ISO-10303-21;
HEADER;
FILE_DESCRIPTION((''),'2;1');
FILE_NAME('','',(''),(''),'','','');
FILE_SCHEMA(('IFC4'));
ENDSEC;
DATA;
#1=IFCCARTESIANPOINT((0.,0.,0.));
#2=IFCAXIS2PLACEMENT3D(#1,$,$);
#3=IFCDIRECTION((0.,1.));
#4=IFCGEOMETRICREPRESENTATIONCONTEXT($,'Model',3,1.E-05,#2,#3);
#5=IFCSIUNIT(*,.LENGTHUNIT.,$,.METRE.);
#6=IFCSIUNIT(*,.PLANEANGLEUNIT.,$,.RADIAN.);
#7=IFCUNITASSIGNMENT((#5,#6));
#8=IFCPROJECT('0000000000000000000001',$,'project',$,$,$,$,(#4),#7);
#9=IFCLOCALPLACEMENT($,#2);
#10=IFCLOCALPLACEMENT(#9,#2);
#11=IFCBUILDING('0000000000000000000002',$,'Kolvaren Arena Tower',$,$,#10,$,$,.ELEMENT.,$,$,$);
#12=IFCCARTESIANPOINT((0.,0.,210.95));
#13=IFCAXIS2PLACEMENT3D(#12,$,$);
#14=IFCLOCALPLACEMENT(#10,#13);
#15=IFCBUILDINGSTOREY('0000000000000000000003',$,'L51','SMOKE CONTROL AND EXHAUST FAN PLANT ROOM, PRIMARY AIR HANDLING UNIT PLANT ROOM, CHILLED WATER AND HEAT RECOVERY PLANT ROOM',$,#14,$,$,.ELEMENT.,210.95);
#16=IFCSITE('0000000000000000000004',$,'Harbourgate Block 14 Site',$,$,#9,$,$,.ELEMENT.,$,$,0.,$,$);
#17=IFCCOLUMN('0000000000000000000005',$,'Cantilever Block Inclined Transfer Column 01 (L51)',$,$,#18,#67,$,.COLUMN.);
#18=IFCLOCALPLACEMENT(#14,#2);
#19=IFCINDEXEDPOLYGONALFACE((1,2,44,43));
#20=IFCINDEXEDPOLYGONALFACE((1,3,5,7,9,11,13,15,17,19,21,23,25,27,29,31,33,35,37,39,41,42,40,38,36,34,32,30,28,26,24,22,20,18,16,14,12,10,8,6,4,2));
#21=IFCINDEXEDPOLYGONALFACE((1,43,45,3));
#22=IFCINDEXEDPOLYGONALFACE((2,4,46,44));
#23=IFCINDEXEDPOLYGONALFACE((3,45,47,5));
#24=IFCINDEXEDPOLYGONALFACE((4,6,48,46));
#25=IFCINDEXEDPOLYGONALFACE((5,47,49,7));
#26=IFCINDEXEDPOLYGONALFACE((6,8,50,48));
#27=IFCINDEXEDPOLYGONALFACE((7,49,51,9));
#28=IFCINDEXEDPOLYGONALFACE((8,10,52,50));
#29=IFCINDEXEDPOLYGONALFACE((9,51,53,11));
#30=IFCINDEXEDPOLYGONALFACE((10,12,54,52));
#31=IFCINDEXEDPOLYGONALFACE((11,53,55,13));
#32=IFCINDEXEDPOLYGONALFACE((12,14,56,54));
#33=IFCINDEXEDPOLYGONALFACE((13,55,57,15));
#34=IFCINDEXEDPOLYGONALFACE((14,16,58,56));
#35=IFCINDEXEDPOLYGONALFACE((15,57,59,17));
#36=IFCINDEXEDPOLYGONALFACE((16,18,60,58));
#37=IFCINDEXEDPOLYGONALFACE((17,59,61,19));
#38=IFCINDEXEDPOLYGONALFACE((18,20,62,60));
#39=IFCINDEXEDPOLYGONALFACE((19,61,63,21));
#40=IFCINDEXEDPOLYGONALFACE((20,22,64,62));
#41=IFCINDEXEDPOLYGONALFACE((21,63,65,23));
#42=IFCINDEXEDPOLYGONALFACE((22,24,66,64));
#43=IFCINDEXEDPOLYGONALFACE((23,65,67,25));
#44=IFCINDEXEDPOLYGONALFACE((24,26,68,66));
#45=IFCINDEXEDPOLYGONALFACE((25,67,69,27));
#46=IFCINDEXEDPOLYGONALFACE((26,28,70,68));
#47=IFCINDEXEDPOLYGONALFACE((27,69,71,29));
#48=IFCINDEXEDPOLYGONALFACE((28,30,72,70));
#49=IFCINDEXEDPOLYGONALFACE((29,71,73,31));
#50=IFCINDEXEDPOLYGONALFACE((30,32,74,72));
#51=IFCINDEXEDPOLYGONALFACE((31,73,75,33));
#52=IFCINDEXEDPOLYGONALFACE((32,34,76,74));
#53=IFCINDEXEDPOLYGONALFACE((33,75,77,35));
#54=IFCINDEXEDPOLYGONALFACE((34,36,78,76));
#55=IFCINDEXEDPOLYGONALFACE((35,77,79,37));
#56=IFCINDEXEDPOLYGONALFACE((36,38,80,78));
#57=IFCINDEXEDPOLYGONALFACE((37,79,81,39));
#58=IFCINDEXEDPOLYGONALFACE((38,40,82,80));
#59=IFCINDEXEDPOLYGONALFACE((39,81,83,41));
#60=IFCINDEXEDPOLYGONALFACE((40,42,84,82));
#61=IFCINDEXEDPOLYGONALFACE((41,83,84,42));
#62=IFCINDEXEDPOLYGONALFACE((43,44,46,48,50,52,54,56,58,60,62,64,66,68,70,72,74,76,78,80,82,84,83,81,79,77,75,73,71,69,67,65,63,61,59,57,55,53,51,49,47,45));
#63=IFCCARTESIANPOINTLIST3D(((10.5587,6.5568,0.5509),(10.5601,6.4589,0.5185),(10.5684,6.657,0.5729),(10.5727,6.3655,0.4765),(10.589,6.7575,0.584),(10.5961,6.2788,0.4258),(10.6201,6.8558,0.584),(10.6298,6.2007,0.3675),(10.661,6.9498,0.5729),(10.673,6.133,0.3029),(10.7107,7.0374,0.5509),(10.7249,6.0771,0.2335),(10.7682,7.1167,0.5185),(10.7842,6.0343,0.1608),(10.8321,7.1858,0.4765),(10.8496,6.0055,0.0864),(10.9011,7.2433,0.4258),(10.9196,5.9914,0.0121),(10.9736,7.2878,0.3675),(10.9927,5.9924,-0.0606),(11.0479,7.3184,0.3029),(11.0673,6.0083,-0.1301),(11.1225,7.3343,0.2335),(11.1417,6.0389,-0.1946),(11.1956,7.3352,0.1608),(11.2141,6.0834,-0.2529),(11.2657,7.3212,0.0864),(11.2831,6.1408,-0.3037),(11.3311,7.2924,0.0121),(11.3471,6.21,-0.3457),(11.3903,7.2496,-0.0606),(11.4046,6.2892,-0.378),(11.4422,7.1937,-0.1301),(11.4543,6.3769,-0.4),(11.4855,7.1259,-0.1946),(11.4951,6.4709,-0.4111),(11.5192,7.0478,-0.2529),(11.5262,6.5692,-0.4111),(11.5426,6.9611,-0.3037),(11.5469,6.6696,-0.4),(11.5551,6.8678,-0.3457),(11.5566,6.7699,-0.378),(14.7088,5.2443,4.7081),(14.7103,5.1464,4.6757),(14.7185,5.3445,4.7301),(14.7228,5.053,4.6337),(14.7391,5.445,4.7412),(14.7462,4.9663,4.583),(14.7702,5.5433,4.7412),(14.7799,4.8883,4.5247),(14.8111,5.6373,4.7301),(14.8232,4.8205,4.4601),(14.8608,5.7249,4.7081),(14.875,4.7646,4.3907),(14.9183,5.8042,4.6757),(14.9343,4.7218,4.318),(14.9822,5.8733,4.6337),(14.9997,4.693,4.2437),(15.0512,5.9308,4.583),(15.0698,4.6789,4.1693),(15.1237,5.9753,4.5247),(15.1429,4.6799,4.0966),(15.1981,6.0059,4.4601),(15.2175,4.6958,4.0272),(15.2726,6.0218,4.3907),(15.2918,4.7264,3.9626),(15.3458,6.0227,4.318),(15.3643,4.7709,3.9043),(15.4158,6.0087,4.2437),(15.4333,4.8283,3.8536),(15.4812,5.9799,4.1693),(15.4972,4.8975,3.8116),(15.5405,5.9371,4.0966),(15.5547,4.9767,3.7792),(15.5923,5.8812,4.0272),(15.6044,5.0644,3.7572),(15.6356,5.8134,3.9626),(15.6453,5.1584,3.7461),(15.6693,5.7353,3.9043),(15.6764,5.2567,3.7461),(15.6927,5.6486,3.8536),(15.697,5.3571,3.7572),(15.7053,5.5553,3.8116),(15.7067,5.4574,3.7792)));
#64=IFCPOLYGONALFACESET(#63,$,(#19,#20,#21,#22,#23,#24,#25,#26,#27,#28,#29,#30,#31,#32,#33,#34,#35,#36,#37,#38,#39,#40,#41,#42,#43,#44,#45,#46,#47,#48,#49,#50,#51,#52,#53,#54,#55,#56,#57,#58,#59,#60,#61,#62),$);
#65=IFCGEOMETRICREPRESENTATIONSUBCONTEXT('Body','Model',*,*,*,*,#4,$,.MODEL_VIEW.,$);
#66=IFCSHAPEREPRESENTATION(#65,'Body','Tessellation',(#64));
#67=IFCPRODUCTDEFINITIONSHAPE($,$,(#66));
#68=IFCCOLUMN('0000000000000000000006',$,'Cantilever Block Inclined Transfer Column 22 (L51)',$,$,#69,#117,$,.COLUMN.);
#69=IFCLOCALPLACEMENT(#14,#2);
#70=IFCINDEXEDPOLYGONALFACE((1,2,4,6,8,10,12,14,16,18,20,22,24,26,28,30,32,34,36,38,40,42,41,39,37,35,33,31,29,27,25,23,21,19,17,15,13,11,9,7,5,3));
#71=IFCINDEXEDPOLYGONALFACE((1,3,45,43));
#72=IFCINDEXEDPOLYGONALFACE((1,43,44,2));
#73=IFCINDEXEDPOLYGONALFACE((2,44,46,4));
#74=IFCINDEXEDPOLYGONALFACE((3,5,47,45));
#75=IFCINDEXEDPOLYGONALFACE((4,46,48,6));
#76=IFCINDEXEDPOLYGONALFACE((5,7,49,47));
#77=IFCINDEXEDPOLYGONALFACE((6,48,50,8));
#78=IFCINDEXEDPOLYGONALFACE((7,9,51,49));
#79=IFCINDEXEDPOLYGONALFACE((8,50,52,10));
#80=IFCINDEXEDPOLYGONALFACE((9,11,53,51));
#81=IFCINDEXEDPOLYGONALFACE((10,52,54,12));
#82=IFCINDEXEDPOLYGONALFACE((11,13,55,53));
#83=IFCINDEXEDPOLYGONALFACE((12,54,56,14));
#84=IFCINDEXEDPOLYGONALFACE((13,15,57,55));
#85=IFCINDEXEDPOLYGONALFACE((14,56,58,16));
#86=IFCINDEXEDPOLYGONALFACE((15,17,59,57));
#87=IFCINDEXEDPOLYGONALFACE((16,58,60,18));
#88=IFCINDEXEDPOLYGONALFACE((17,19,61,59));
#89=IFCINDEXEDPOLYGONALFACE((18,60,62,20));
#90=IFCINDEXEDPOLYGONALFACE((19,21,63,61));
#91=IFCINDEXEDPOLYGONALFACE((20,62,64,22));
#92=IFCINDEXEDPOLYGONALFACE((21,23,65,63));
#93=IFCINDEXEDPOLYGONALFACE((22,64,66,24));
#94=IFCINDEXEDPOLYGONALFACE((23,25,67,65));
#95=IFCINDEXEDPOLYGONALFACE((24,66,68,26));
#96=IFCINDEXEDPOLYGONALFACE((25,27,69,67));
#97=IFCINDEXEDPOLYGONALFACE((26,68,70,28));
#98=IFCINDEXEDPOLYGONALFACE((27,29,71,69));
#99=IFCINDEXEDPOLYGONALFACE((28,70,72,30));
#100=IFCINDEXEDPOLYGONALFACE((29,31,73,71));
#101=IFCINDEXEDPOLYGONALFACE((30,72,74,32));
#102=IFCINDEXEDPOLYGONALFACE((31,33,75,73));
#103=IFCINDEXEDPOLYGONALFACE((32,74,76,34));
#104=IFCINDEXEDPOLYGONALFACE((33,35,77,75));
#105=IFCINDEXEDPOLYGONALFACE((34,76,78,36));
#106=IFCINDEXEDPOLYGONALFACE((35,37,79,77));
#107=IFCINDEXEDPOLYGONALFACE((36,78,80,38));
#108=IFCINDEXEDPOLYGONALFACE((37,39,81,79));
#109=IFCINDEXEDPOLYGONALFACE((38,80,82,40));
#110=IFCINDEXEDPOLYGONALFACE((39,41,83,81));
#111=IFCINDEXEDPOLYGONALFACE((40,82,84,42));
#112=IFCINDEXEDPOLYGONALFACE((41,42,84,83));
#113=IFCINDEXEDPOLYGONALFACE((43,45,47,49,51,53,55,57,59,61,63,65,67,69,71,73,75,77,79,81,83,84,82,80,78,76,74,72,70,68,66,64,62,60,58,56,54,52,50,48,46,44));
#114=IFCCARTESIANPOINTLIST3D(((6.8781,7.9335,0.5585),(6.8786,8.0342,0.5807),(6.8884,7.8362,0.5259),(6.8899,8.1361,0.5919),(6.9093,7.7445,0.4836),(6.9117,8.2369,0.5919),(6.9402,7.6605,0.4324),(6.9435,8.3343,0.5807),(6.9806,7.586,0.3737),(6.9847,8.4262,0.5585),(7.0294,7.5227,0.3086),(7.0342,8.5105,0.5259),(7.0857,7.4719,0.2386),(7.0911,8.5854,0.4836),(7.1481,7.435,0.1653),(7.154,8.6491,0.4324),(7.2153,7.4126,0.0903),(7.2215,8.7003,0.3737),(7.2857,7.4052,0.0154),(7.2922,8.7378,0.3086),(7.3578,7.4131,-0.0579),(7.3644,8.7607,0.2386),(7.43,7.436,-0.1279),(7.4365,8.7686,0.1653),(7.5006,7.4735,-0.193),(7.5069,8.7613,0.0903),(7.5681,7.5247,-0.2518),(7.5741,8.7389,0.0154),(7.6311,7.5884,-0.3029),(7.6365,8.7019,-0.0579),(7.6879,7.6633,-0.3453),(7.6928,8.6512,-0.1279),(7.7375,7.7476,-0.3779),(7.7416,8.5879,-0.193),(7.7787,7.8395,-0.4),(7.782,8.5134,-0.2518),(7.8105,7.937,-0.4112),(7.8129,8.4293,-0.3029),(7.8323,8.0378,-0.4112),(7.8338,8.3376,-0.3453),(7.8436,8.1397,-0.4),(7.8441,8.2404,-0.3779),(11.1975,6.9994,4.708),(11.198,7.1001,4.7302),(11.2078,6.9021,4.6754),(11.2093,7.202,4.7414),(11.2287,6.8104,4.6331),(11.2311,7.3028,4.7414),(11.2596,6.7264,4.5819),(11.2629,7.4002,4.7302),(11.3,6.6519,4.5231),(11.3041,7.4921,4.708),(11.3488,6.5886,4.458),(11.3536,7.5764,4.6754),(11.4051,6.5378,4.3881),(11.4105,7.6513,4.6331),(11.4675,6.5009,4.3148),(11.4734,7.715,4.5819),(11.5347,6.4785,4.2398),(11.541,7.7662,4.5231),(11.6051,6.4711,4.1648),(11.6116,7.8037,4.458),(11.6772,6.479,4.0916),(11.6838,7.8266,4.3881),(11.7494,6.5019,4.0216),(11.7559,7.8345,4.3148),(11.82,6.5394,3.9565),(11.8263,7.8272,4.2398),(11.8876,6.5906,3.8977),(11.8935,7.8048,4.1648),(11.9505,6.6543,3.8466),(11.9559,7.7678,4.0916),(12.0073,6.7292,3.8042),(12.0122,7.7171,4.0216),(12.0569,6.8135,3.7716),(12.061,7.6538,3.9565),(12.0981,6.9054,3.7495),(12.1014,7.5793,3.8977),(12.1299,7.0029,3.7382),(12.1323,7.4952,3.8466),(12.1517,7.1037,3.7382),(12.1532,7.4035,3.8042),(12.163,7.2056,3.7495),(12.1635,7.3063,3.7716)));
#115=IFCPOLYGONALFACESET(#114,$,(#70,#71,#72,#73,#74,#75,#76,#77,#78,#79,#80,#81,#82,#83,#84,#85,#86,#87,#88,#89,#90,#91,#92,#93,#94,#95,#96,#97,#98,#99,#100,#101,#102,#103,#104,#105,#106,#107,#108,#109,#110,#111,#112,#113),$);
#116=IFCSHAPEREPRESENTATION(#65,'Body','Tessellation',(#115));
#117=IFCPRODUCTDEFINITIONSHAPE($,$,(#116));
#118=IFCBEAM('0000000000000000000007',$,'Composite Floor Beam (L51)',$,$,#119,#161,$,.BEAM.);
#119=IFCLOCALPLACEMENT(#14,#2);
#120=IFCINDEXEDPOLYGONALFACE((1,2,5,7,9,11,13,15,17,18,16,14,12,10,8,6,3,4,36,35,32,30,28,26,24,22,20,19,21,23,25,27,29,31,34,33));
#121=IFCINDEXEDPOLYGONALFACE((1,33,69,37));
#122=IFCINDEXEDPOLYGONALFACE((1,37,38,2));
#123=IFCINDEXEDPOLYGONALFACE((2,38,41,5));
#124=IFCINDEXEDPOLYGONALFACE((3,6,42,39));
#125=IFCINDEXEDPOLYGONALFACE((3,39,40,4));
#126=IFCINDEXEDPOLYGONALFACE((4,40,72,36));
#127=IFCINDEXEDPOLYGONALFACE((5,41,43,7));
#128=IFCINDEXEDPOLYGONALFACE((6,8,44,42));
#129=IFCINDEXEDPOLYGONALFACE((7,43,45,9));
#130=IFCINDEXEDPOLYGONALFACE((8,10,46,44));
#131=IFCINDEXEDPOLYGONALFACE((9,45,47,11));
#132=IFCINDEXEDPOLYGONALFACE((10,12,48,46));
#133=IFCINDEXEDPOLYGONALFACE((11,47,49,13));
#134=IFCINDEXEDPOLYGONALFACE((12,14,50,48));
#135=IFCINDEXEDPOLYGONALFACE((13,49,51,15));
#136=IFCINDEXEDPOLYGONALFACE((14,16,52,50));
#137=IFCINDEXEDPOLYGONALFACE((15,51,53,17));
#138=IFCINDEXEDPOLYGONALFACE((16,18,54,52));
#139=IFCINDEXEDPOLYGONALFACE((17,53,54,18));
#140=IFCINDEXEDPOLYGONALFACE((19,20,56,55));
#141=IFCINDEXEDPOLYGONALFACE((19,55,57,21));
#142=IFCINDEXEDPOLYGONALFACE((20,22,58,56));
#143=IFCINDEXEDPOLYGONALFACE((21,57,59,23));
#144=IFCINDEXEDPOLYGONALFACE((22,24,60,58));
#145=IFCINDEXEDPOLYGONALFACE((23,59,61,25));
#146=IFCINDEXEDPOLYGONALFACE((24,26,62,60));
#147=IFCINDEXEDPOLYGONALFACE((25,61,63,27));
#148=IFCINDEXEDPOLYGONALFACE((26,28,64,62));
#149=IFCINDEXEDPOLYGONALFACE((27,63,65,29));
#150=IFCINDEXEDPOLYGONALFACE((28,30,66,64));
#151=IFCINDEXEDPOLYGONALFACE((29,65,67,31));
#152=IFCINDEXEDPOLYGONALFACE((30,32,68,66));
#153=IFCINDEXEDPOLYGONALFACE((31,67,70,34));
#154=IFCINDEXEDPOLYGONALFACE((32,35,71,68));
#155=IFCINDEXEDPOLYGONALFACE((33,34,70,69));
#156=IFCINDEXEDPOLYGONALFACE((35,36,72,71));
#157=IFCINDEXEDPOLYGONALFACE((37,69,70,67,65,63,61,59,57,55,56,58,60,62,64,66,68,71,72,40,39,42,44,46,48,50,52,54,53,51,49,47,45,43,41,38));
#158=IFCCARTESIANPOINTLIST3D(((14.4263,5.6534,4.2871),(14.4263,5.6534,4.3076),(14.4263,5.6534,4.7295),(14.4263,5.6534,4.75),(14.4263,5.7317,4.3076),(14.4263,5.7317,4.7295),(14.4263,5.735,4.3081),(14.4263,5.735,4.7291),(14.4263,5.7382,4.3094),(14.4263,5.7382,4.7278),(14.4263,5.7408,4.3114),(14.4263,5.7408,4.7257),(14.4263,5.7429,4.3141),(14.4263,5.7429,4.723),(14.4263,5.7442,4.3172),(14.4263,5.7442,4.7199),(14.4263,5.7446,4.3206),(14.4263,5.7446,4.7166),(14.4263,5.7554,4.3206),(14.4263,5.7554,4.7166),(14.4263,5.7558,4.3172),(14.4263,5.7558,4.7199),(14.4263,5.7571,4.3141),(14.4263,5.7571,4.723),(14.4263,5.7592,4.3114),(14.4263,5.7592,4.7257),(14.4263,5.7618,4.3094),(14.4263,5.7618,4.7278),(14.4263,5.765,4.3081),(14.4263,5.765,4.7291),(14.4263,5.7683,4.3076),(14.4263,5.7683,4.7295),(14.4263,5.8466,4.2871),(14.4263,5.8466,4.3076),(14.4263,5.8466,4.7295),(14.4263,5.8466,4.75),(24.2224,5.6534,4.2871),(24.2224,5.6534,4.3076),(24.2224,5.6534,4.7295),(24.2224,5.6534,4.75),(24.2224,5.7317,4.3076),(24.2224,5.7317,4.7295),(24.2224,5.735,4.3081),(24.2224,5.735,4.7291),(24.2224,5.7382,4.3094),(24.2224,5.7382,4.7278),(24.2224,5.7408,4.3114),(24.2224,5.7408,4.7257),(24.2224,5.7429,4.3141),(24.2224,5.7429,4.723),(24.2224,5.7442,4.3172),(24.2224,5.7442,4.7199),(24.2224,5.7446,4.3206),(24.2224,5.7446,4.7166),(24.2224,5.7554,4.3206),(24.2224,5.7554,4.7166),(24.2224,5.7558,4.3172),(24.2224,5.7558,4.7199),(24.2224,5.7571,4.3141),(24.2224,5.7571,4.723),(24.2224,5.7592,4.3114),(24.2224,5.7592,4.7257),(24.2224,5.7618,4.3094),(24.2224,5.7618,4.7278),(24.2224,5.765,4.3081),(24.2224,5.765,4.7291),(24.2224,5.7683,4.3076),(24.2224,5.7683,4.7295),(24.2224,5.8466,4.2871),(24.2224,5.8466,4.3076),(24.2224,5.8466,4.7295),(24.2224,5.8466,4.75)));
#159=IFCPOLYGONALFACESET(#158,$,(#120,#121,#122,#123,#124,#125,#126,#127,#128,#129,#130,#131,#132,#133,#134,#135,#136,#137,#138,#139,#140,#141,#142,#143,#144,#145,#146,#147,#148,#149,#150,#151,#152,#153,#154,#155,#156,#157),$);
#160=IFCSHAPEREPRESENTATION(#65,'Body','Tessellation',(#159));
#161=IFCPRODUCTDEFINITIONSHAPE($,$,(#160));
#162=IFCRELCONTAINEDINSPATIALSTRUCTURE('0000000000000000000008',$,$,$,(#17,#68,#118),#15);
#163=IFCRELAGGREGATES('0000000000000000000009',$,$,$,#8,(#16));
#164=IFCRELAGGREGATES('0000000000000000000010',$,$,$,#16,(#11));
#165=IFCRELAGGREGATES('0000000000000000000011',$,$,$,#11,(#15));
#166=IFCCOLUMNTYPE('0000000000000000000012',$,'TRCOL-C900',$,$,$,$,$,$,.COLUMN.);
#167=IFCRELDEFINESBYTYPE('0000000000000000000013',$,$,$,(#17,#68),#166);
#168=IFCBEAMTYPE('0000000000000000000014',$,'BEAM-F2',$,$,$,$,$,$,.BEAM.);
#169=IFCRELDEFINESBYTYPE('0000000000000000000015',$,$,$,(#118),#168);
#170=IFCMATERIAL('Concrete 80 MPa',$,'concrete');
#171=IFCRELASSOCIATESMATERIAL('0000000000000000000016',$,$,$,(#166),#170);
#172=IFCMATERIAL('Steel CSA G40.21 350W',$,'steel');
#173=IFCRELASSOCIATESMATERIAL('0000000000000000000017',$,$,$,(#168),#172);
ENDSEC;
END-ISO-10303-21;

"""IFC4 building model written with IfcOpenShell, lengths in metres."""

from ifc_helpers import new_model, si_unit, direction, frame, origin, origin_2d, place, context, subcontext, project, spatial, circle, i_section, extrude, material, material_profile, profile_set, type_object, element, save


model = new_model("IFC4")

# Units and contexts
model_context = context("Model", 3, precision=1e-05, world=origin(), true_north=direction((0.0, 1.0)))
body_context = subcontext(model_context, "Body", "Model", "MODEL_VIEW")
ifc_project = project(units=[si_unit("LENGTHUNIT", "METRE"), si_unit("PLANEANGLEUNIT", "RADIAN")], contexts=[model_context])

# Site, building, storey
site_placement = place(None, origin())
site = spatial("IfcSite", under=ifc_project, at=site_placement, Name="Harbourgate Block 14 Site", CompositionType="ELEMENT", RefElevation=0.0)
building_placement = place(site_placement, origin())
building = spatial("IfcBuilding", under=site, at=building_placement, Name="Kolvaren Arena Tower", CompositionType="ELEMENT")
storey_placement = place(building_placement, frame((0.0, 0.0, 210.95)))
storey = spatial("IfcBuildingStorey", under=building, at=storey_placement, Name="L51", Description="SMOKE CONTROL AND EXHAUST FAN PLANT ROOM, PRIMARY AIR HANDLING UNIT PLANT ROOM, CHILLED WATER AND HEAT RECOVERY PLANT ROOM", CompositionType="ELEMENT", Elevation=210.95)

# Columns
ifc_material_1 = material(Name="Concrete 80 MPa", Category="concrete")
ifc_material_profile_1 = material_profile(ifc_material_1, circle(Radius=0.6899, at=origin_2d()), Name="RC-CIRC-1380")
ifc_profile_set_1 = profile_set([ifc_material_profile_1], Name="Concrete 80 MPa")
column_type = type_object("IfcColumnType", Name="TRCOL-C900", PredefinedType="COLUMN", material=ifc_profile_set_1)
column_1_placement = place(storey_placement, frame((11.0576, 6.6633, 0.0864), z_axis=(0.689502, -0.218058, 0.690679), x_axis=(0.301534, 0.953455, 0.0)))
element("IfcColumn", 1, at=column_1_placement, inside=storey, type_object=column_type, Name="Cantilever Block Inclined Transfer Column 01 (L51)", PredefinedType="COLUMN", context=body_context, shape_type="SweptSolid", body=[
    extrude(circle(Radius=0.6899, at=origin_2d()), origin(), (0.0, 0.0, 1.0), 6.019),
])
column_2_placement = place(storey_placement, frame((7.3611, 8.0869, 0.0903), z_axis=(0.712537, -0.15409, 0.684506), x_axis=(0.21137, 0.977406, 0.0)))
element("IfcColumn", 2, at=column_2_placement, inside=storey, type_object=column_type, Name="Cantilever Block Inclined Transfer Column 22 (L51)", PredefinedType="COLUMN", context=body_context, shape_type="SweptSolid", body=[
    extrude(circle(Radius=0.6899, at=origin_2d()), origin(), (0.0, 0.0, 1.0), 6.062),
])

# Beam
ifc_material_2 = material(Name="Steel CSA G40.21 350W", Category="steel")
ifc_material_profile_2 = material_profile(ifc_material_2, i_section(OverallWidth=0.1931, OverallDepth=0.4629, WebThickness=0.0107, FlangeThickness=0.0205, FilletRadius=0.0129, at=origin_2d()), Name="W460x113")
ifc_profile_set_2 = profile_set([ifc_material_profile_2], Name="Steel CSA G40.21 350W")
beam_type_1 = type_object("IfcBeamType", Name="BEAM-F2", PredefinedType="BEAM", material=ifc_profile_set_2)
beam_1_placement = place(storey_placement, frame((14.4263, 5.75, 4.5186), z_axis=(1.0, 0.0, 0.0), x_axis=(0.0, 1.0, 0.0)))
element("IfcBeam", 3, at=beam_1_placement, inside=storey, type_object=beam_type_1, Name="Composite Floor Beam (L51)", PredefinedType="BEAM", context=body_context, shape_type="SweptSolid", body=[
    extrude(i_section(OverallWidth=0.1931, OverallDepth=0.4629, WebThickness=0.0107, FlangeThickness=0.0205, FilletRadius=0.0129, at=origin_2d()), origin(), (0.0, 0.0, 1.0), 9.7961),
])

save(model, "model.ifc")
